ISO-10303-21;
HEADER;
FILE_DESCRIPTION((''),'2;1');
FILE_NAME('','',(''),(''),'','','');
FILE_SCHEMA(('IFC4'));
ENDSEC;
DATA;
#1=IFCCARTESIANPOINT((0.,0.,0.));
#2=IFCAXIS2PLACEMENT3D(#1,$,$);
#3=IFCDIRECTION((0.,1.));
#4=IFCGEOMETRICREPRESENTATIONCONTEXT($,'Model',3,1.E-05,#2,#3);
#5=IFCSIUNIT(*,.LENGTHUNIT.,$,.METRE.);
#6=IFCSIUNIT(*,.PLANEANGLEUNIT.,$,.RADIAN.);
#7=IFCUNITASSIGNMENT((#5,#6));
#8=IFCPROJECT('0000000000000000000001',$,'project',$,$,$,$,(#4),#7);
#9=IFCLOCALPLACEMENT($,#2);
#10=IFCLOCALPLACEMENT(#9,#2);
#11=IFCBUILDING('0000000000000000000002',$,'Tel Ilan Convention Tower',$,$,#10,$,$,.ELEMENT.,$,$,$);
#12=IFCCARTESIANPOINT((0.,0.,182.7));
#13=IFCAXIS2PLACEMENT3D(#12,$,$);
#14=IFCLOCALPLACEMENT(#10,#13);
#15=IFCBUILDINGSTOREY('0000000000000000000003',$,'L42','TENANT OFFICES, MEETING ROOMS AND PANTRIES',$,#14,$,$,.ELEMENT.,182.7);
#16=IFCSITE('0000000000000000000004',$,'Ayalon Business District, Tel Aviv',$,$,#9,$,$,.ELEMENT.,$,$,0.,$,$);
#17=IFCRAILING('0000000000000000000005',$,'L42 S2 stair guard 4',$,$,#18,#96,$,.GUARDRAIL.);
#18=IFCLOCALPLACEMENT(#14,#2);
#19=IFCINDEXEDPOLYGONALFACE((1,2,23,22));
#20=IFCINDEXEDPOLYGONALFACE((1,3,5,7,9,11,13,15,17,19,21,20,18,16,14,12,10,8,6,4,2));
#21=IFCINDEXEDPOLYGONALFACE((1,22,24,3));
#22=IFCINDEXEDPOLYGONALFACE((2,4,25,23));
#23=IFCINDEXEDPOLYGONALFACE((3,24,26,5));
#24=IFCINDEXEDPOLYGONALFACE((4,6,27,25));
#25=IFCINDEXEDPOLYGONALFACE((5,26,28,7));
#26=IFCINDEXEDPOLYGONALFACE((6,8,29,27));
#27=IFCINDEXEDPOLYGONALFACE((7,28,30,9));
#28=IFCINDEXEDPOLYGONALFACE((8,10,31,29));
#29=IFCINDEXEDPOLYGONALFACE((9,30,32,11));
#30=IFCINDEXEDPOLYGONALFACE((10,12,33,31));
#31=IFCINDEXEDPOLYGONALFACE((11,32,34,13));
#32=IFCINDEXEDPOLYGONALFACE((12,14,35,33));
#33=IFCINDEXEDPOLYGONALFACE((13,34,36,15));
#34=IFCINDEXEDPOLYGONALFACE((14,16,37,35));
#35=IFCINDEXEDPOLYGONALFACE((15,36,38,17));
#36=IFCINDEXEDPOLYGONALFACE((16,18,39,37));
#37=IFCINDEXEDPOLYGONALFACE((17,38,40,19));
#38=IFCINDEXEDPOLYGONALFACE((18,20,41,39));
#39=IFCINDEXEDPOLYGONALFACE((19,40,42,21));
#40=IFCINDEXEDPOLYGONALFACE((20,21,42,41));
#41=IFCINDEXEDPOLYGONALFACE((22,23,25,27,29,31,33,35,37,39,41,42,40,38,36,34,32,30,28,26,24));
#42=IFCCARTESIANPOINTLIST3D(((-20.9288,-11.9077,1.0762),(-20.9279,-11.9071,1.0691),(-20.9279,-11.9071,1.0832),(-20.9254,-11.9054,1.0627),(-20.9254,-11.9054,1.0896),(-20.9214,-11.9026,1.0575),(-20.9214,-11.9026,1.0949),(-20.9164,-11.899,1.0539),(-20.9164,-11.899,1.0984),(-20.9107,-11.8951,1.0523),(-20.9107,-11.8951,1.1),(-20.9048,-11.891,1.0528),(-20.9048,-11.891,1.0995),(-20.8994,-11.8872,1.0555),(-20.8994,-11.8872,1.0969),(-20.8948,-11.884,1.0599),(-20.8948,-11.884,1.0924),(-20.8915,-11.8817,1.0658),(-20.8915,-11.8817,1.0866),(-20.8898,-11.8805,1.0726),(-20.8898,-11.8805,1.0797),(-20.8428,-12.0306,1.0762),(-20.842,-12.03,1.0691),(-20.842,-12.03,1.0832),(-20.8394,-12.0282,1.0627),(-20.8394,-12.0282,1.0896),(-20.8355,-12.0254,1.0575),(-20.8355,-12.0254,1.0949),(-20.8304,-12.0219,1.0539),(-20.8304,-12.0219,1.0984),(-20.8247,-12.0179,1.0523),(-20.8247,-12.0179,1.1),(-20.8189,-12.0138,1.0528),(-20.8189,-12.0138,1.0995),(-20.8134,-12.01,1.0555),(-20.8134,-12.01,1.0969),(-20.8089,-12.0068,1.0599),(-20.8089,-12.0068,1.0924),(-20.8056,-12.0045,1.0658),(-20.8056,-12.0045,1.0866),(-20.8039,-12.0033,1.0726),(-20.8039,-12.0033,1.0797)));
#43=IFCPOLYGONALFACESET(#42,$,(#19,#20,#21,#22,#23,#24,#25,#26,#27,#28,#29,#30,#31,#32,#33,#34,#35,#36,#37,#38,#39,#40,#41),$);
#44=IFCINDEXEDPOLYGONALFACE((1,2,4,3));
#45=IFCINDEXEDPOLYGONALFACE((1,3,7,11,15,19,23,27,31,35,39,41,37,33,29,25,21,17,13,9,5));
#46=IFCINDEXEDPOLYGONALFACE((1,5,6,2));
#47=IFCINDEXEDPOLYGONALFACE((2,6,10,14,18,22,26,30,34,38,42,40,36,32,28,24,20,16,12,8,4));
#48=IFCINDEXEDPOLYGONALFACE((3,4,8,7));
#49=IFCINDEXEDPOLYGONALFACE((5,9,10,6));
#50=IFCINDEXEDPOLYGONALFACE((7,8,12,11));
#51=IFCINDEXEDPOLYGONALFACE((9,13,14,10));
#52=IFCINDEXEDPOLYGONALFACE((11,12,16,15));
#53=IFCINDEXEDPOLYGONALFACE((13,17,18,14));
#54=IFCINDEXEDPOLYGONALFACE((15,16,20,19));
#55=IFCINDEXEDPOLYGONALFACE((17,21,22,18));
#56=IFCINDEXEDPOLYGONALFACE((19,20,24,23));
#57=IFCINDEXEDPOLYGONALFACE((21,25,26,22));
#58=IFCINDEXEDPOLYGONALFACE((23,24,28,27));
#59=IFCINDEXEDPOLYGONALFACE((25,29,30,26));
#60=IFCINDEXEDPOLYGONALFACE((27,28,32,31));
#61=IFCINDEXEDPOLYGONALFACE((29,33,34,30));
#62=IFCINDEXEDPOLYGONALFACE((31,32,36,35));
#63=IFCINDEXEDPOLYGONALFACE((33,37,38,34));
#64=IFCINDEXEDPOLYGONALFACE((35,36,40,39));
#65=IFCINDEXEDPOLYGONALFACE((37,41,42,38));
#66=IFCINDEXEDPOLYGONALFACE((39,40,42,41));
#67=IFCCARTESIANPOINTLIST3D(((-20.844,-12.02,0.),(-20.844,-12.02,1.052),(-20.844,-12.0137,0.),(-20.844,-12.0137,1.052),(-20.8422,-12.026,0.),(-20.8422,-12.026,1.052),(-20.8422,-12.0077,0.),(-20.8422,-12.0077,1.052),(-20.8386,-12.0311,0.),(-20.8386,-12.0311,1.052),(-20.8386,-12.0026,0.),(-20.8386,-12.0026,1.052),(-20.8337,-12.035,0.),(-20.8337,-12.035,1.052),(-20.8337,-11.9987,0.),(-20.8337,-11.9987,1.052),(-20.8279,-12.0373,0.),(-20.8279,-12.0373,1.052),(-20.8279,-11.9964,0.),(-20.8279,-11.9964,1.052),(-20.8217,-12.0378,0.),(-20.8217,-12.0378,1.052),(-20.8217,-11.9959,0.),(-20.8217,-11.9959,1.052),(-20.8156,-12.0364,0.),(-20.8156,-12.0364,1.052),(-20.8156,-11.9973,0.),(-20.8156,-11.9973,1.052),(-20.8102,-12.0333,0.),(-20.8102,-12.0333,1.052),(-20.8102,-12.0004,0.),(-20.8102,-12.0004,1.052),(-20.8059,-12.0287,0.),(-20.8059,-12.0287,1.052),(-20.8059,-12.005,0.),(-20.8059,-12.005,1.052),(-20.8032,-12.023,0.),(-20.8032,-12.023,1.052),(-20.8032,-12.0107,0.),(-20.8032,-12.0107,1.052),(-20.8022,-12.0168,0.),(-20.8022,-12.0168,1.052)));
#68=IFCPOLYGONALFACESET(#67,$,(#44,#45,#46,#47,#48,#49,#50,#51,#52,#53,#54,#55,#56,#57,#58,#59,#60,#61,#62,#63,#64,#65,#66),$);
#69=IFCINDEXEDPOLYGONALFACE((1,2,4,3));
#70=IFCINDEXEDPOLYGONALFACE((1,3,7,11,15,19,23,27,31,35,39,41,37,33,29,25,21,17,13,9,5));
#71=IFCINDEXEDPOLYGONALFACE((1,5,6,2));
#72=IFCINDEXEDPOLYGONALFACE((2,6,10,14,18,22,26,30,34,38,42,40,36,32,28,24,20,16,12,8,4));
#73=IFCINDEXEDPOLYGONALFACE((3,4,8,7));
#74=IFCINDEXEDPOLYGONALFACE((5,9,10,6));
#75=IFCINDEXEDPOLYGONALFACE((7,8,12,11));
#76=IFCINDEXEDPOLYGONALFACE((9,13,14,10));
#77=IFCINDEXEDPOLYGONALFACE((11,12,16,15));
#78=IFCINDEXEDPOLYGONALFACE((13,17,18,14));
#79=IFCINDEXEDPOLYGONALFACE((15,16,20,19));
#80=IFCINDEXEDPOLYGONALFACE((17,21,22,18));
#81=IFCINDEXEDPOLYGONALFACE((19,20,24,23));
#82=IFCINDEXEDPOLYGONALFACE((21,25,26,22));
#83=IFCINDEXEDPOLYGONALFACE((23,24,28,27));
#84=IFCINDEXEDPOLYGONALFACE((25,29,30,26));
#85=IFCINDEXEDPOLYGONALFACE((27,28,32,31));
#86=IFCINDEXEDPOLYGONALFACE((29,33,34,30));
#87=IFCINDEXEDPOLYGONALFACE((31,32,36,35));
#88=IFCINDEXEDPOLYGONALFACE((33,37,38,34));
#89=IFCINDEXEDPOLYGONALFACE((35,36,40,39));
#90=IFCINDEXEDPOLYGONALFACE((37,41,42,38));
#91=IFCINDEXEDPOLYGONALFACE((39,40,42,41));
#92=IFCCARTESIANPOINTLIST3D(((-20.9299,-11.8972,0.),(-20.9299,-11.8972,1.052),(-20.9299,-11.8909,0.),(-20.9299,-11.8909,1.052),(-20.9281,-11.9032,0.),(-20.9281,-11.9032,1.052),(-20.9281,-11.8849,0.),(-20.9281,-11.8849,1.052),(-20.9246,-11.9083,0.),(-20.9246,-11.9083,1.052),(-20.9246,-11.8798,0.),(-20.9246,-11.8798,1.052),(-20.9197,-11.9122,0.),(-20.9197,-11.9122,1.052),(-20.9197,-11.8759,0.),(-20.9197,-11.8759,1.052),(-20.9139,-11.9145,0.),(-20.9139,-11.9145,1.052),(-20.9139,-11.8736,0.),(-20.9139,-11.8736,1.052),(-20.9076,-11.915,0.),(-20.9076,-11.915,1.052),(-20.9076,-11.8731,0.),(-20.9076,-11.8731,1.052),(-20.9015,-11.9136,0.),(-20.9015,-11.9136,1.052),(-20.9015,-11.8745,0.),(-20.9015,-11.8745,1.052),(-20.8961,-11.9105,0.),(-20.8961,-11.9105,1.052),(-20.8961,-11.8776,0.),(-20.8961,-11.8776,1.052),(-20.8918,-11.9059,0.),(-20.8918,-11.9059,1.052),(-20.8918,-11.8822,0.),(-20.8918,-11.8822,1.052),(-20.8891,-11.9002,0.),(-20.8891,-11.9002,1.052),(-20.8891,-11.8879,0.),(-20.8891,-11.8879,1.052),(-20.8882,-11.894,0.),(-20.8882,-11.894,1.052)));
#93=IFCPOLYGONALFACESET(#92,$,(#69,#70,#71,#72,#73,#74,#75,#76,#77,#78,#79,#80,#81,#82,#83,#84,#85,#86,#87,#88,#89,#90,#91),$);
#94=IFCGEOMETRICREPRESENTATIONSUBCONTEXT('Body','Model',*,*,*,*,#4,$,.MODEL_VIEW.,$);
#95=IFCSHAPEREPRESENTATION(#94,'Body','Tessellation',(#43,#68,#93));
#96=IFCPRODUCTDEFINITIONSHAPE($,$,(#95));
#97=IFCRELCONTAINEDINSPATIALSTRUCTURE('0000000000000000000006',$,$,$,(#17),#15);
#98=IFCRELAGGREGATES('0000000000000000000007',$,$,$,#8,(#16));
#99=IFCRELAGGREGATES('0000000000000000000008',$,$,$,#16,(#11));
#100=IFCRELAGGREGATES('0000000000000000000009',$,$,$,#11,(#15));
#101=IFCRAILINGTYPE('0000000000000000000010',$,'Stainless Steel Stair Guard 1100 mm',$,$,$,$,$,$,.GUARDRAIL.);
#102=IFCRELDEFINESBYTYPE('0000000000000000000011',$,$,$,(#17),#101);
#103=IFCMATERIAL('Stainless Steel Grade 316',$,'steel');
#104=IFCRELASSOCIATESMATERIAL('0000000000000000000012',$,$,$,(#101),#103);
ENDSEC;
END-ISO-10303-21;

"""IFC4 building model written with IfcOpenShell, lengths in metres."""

from ifc_helpers import new_model, si_unit, direction, frame, origin, origin_2d, place, context, subcontext, project, spatial, circle, extrude, material, type_object, element, save


model = new_model("IFC4")

# Units and contexts
model_context = context("Model", 3, precision=1e-05, world=origin(), true_north=direction((0.0, 1.0)))
body_context = subcontext(model_context, "Body", "Model", "MODEL_VIEW")
ifc_project = project(units=[si_unit("LENGTHUNIT", "METRE"), si_unit("PLANEANGLEUNIT", "RADIAN")], contexts=[model_context])

# Site, building, storey
site_placement = place(None, origin())
site = spatial("IfcSite", under=ifc_project, at=site_placement, Name="Ayalon Business District, Tel Aviv", CompositionType="ELEMENT", RefElevation=0.0)
building_placement = place(site_placement, origin())
building = spatial("IfcBuilding", under=site, at=building_placement, Name="Tel Ilan Convention Tower", CompositionType="ELEMENT")
storey_placement = place(building_placement, frame((0.0, 0.0, 182.7)))
storey = spatial("IfcBuildingStorey", under=building, at=storey_placement, Name="L42", Description="TENANT OFFICES, MEETING ROOMS AND PANTRIES", CompositionType="ELEMENT", Elevation=182.7)

# Railing
ifc_material_1 = material(Name="Stainless Steel Grade 316", Category="steel")
railing_type_1 = type_object("IfcRailingType", Name="Stainless Steel Stair Guard 1100 mm", PredefinedType="GUARDRAIL", material=ifc_material_1)
railing_1_placement = place(storey_placement, frame((-20.8232, -12.0168, 0.0)))
element("IfcRailing", 1, at=railing_1_placement, inside=storey, type_object=railing_type_1, Name="L42 S2 stair guard 4", PredefinedType="GUARDRAIL", context=body_context, shape_type="SweptSolid", body=[
    extrude(circle(Radius=0.0239, at=origin_2d()), frame((0.0, 0.0, 1.0762), z_axis=(-0.573353, 0.819308, 0.0), x_axis=(-0.819308, -0.573353, 0.0)), (0.0, 0.0, 1.0), 0.1499),
    extrude(circle(Radius=0.021, at=origin_2d()), origin(), (0.0, 0.0, 1.0), 1.052),
    extrude(circle(Radius=0.021, at=origin_2d()), frame((-0.0859, 0.1228, 0.0)), (0.0, 0.0, 1.0), 1.052),
])

save(model, "model.ifc")
